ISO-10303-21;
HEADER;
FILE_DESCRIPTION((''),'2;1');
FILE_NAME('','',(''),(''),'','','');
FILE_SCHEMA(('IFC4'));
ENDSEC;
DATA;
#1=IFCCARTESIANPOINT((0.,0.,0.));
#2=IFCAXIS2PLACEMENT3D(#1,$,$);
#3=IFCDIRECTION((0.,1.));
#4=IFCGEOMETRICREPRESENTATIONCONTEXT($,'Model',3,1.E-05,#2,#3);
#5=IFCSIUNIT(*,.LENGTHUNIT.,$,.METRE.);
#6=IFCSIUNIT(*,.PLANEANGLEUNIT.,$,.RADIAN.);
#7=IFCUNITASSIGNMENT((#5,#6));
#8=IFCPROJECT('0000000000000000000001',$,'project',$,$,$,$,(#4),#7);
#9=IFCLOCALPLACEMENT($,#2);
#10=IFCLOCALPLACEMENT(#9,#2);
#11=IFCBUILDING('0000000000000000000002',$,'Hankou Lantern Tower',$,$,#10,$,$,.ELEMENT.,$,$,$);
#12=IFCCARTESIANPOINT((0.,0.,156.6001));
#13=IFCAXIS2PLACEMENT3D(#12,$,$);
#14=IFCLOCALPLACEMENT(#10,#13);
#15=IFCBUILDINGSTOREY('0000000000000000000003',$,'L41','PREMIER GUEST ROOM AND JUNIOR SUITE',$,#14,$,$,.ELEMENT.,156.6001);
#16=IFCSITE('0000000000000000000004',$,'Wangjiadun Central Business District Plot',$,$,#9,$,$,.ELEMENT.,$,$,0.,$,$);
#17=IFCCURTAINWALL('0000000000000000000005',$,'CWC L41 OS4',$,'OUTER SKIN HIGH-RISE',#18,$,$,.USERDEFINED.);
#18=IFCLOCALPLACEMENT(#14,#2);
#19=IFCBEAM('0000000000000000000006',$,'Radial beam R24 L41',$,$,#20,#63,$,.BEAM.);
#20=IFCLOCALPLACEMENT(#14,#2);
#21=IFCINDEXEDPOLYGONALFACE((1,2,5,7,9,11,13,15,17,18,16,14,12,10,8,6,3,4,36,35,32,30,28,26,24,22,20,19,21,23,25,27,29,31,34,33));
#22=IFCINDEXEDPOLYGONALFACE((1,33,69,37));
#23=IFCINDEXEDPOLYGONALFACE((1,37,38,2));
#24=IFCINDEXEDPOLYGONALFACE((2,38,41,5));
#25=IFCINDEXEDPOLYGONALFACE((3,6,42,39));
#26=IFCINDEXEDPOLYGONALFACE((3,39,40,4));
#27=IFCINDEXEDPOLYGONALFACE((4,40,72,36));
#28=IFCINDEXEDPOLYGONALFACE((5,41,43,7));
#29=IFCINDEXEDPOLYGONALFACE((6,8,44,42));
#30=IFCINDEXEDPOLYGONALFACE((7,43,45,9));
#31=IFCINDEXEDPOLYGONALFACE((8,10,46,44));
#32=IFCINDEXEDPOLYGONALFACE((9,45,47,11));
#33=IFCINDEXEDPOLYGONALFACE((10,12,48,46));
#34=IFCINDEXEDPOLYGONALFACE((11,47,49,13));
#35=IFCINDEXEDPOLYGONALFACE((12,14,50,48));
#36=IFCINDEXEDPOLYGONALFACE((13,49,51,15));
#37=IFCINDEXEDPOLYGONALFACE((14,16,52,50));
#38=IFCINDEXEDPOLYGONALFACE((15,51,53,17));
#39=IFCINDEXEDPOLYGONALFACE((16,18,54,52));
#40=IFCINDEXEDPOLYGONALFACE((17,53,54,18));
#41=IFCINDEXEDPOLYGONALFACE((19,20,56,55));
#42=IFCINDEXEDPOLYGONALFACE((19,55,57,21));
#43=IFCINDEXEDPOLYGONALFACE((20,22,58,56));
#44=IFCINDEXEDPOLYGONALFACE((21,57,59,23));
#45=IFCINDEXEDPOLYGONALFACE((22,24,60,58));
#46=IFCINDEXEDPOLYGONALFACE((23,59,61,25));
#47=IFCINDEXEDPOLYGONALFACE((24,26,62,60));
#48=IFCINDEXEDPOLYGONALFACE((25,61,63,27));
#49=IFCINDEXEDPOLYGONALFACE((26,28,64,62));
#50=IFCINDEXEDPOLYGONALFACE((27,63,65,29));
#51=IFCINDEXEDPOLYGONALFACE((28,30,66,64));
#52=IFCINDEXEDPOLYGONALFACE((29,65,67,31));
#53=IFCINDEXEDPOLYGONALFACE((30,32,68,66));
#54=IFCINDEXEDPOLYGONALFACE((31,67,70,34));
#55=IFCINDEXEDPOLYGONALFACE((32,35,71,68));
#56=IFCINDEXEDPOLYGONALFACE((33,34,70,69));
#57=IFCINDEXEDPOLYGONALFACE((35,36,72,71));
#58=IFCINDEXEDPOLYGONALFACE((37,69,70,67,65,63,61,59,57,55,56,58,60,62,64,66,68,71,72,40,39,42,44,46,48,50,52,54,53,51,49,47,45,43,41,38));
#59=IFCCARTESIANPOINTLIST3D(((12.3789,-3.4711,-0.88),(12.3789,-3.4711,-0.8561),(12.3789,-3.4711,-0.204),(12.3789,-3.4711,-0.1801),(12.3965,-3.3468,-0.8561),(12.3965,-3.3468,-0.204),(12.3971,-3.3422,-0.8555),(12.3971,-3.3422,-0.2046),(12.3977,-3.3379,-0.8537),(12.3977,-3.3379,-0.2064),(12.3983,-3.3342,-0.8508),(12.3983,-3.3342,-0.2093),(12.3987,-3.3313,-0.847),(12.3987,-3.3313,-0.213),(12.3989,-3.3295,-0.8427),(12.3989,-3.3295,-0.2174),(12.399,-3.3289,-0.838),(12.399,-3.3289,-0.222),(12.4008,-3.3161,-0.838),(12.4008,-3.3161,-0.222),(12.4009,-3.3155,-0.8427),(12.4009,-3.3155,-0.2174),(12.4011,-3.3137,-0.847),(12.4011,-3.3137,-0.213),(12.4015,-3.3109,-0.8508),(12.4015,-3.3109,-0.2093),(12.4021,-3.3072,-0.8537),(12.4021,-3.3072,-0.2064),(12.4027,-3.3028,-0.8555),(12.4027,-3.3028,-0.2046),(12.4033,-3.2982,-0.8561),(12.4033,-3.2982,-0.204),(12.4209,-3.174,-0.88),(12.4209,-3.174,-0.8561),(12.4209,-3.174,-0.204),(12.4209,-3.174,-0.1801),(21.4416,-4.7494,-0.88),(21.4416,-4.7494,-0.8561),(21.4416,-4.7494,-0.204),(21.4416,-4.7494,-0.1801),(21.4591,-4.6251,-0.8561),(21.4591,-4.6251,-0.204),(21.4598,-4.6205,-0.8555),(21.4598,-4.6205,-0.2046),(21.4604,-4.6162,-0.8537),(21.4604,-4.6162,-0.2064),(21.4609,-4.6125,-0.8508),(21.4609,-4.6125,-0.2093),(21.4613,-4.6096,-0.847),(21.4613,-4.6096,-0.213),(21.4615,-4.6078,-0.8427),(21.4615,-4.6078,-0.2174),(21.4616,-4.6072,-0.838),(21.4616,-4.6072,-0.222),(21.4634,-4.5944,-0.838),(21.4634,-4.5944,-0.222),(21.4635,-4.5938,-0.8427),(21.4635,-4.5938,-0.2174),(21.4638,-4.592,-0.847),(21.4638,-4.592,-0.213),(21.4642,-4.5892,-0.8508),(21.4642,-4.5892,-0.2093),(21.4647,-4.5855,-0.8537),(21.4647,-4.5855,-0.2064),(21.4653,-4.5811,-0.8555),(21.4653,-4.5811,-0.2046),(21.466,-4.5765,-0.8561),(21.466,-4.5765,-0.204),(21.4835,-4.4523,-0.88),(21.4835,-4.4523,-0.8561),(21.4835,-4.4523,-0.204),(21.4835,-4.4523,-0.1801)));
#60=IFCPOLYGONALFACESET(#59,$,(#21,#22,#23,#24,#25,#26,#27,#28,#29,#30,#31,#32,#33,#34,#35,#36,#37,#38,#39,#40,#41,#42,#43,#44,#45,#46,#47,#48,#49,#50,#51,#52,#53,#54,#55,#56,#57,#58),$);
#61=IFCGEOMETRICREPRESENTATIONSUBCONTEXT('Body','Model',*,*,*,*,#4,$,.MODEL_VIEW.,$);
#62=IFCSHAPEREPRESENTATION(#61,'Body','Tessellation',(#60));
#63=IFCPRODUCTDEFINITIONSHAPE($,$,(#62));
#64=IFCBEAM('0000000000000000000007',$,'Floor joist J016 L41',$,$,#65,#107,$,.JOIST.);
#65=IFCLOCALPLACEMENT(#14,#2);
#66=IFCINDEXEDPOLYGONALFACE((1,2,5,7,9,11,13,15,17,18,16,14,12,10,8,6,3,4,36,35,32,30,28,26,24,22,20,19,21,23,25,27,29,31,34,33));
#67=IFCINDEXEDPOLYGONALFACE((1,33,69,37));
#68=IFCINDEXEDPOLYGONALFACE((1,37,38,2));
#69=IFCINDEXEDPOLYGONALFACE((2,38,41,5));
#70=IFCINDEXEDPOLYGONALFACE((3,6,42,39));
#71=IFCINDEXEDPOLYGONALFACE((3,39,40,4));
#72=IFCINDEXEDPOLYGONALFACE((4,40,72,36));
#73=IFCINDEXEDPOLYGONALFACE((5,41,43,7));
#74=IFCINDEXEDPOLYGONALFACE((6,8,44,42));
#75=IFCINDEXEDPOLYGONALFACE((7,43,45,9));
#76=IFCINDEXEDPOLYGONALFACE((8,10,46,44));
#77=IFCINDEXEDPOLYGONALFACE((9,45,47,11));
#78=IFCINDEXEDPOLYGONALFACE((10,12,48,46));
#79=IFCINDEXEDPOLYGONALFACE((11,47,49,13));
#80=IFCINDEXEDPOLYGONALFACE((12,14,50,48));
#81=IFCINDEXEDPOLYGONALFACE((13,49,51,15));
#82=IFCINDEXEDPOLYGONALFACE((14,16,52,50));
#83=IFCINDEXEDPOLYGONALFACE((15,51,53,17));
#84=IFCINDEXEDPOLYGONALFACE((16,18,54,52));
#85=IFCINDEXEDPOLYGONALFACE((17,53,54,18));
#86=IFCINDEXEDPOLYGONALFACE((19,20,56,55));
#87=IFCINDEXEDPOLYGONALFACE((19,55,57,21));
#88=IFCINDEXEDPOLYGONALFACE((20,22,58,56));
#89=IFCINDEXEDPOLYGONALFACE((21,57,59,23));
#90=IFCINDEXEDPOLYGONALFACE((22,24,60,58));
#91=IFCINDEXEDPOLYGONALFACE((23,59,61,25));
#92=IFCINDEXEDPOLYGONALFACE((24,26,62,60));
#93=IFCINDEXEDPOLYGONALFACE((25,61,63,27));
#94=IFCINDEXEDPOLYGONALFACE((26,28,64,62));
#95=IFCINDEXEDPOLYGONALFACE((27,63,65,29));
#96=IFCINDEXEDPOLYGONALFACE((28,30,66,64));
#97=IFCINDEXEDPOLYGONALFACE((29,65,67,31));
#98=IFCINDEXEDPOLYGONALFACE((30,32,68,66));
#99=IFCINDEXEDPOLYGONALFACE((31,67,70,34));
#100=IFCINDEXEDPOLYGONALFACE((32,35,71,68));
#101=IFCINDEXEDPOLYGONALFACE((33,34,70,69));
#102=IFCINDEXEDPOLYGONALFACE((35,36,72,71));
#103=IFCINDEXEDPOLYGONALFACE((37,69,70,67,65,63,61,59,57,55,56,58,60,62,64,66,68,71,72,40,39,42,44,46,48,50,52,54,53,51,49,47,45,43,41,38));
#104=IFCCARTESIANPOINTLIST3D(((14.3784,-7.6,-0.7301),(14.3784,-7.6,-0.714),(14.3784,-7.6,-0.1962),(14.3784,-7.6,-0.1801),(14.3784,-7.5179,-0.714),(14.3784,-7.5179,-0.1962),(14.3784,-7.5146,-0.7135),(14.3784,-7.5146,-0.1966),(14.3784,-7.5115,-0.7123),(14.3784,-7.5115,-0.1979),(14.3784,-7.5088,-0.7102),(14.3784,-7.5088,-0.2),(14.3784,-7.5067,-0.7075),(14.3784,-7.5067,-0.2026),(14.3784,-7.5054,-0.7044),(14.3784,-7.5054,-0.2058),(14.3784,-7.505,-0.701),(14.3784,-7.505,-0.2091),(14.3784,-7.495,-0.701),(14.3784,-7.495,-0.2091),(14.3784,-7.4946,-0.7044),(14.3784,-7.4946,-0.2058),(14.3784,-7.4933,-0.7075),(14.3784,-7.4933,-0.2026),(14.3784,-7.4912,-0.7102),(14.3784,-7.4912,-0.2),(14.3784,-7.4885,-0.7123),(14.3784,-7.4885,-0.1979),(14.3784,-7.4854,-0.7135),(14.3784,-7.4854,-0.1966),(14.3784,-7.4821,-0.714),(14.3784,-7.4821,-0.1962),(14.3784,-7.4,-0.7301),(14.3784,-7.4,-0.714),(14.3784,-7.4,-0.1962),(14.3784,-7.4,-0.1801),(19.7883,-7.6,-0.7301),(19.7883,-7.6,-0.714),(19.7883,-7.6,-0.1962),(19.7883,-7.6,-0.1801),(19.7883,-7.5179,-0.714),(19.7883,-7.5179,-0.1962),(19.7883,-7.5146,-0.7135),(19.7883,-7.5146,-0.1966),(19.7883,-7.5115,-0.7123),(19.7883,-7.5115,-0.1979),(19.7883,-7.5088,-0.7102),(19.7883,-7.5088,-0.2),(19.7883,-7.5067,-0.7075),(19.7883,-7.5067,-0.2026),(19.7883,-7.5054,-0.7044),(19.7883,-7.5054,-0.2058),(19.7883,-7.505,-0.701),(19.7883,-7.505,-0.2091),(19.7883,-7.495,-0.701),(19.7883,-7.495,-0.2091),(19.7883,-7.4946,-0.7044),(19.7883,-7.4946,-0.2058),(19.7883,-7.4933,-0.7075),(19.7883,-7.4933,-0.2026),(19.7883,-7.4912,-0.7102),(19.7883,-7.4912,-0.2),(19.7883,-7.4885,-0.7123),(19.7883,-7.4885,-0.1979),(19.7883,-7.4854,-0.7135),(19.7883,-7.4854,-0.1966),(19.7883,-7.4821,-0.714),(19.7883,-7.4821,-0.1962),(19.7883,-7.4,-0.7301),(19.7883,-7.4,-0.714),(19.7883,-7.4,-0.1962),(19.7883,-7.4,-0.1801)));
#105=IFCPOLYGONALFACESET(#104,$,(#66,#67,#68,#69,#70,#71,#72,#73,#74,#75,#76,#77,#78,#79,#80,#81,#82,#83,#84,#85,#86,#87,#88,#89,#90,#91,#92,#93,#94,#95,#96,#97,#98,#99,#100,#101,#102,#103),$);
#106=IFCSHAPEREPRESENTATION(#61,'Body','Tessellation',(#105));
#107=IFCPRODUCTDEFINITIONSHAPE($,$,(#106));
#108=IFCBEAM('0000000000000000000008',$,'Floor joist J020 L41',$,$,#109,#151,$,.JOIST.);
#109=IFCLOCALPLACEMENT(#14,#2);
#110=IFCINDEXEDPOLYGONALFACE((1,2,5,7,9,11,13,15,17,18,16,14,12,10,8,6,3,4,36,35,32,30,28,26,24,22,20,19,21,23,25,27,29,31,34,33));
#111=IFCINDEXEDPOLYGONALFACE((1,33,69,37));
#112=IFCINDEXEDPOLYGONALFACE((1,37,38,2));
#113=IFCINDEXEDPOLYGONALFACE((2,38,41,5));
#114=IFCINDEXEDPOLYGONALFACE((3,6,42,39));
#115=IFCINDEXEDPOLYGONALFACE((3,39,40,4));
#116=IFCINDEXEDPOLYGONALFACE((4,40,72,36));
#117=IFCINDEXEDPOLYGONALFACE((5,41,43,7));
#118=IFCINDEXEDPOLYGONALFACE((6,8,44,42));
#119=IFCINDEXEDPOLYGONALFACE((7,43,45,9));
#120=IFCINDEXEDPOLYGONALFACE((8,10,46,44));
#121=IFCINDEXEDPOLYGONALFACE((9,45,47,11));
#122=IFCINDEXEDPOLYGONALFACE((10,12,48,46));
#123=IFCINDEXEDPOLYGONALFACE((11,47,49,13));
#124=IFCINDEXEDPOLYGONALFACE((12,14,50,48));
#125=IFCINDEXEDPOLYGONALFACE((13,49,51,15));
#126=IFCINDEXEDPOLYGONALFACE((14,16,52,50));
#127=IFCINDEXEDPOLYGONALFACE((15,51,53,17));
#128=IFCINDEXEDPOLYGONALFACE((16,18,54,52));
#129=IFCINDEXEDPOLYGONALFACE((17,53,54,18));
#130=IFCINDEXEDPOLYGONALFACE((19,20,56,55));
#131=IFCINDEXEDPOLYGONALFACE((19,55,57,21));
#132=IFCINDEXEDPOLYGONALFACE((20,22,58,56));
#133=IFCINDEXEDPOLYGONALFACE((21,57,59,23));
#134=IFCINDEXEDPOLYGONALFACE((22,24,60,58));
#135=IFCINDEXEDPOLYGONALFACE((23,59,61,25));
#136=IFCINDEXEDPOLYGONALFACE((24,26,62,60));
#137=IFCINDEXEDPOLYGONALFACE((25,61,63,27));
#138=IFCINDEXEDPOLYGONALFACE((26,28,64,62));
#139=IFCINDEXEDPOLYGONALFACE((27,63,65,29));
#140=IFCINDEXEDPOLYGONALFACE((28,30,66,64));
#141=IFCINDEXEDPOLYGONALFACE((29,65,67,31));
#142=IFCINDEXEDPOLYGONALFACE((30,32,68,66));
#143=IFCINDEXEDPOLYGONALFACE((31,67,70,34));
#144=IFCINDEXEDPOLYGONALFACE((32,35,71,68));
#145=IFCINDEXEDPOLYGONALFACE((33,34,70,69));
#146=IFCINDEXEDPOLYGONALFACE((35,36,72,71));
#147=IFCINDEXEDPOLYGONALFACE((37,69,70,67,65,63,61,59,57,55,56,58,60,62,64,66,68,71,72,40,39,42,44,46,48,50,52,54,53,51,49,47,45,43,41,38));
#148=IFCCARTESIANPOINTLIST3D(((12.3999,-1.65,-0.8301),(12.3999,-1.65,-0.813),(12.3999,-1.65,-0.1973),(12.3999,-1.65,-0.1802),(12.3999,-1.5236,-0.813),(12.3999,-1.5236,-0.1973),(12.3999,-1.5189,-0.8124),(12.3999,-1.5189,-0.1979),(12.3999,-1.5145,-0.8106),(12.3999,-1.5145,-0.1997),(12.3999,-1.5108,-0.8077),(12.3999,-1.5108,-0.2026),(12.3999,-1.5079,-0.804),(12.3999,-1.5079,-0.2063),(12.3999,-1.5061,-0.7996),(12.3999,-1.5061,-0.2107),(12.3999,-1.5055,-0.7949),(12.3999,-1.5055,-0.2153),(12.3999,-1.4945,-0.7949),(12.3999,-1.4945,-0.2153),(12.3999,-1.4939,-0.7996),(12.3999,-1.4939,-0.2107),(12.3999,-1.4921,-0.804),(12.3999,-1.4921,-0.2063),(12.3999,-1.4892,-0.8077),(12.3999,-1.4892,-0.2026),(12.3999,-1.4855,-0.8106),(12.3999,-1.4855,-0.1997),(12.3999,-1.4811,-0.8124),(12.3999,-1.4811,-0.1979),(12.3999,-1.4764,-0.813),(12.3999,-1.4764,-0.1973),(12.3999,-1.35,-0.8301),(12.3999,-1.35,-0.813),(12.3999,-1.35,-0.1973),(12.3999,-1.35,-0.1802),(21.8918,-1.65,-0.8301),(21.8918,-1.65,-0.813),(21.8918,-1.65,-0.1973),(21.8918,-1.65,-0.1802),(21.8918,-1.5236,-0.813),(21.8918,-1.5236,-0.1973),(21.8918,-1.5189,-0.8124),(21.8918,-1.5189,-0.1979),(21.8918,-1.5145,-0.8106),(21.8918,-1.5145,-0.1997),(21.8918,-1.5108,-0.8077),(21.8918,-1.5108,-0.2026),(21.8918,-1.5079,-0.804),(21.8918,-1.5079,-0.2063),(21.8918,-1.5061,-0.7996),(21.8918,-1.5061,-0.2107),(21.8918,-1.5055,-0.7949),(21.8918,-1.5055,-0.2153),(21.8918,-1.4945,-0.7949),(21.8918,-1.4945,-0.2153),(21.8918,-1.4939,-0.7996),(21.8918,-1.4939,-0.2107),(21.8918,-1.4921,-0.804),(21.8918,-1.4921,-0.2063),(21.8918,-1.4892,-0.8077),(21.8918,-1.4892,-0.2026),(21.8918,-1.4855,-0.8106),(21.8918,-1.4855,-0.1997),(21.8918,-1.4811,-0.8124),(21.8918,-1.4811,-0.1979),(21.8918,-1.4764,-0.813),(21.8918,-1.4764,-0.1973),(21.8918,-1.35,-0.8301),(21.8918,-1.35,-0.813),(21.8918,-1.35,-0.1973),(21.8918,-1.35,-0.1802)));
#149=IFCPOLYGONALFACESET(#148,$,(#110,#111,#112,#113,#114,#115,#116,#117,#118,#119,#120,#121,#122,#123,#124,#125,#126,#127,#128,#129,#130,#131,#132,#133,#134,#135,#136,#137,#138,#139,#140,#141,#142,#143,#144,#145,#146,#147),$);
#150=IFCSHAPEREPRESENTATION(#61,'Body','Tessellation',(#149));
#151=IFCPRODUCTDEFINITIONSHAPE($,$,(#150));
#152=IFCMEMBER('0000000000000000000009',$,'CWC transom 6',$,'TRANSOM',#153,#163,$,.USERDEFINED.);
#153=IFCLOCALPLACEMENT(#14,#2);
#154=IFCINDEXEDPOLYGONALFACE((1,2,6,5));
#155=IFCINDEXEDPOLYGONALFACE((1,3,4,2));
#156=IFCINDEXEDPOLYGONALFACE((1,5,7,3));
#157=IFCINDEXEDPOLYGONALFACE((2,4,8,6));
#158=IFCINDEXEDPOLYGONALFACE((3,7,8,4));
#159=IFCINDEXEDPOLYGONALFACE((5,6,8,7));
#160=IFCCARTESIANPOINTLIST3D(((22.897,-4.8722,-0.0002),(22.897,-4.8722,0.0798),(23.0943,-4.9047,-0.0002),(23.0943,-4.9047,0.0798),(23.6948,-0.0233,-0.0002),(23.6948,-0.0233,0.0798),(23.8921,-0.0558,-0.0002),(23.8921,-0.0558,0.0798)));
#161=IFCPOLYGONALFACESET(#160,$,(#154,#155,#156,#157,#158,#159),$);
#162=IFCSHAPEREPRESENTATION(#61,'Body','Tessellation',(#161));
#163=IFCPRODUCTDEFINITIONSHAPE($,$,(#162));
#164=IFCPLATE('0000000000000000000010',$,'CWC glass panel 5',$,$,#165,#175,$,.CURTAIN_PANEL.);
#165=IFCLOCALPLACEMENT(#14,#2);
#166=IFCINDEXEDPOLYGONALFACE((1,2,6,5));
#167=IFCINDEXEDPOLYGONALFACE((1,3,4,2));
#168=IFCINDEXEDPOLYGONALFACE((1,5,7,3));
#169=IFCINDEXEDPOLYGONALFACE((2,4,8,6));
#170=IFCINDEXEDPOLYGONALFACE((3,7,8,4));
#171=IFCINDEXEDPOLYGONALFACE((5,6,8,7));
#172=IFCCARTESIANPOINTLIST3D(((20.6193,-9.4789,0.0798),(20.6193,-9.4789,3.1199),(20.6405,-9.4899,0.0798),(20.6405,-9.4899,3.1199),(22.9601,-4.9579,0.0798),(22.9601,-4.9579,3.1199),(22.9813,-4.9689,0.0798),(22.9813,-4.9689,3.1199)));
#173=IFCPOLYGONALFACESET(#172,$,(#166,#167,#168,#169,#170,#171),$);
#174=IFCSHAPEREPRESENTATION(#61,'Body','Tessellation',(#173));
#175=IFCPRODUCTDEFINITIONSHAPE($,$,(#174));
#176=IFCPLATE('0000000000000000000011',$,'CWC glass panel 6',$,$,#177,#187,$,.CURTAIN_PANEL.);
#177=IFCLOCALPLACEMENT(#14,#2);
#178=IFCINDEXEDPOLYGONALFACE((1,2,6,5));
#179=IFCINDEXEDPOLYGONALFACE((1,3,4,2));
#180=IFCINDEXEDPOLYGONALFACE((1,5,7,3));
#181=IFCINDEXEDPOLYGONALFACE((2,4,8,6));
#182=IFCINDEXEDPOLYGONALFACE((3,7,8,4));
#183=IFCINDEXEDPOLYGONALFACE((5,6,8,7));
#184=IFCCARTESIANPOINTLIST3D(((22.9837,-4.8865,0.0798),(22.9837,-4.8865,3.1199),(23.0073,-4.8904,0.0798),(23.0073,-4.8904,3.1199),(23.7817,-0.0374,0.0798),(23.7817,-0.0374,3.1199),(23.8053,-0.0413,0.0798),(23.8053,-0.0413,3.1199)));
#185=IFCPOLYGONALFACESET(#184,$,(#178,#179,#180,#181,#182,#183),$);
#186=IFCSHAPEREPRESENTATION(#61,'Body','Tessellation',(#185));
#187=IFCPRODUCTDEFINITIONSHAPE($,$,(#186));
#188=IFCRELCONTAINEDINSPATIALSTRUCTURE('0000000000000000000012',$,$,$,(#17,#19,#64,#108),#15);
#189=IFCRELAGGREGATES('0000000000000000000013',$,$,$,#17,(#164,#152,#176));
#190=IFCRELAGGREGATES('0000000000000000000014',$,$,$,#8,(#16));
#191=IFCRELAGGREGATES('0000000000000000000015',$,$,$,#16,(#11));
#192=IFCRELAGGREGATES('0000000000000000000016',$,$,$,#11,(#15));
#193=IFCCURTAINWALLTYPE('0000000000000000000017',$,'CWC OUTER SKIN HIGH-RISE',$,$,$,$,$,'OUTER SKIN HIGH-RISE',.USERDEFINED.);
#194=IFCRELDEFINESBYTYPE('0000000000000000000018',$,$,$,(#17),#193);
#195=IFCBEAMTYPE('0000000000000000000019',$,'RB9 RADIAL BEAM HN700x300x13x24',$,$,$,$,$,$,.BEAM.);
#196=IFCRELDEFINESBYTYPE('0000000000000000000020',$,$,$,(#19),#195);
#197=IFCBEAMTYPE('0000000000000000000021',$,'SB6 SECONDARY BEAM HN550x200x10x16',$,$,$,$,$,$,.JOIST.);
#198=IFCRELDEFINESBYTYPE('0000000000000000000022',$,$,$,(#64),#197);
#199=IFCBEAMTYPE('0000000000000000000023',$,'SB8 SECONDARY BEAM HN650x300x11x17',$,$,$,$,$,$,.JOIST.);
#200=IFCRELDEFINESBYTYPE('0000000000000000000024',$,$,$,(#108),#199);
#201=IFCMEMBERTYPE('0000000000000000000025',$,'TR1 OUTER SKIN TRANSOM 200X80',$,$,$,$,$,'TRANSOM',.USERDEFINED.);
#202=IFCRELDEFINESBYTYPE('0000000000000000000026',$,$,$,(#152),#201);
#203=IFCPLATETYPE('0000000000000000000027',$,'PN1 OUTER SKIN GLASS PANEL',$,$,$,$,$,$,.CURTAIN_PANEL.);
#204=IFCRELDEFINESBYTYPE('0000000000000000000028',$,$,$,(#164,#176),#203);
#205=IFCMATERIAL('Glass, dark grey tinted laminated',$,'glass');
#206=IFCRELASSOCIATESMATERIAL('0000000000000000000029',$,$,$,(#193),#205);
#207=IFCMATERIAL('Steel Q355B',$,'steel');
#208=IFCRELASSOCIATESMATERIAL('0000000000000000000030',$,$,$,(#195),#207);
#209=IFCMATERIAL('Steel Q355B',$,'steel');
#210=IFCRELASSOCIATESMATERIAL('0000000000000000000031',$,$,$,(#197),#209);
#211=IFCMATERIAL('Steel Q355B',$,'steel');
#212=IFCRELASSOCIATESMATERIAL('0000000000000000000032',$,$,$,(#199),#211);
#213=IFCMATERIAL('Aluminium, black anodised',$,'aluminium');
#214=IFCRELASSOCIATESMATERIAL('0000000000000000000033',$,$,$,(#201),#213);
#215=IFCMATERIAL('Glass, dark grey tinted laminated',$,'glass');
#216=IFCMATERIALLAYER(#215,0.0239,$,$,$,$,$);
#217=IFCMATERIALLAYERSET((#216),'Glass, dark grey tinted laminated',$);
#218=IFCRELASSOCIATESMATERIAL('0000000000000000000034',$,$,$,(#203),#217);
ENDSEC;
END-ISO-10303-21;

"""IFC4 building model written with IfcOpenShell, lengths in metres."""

from ifc_helpers import new_model, si_unit, direction, frame, origin, origin_2d, place, context, subcontext, project, spatial, rectangle, i_section, extrude, material, layer, layer_set, material_profile, profile_set, type_object, element, aggregate, save


model = new_model("IFC4")

# Units and contexts
model_context = context("Model", 3, precision=1e-05, world=origin(), true_north=direction((0.0, 1.0)))
body_context = subcontext(model_context, "Body", "Model", "MODEL_VIEW")
ifc_project = project(units=[si_unit("LENGTHUNIT", "METRE"), si_unit("PLANEANGLEUNIT", "RADIAN")], contexts=[model_context])

# Site, building, storey
site_placement = place(None, origin())
site = spatial("IfcSite", under=ifc_project, at=site_placement, Name="Wangjiadun Central Business District Plot", CompositionType="ELEMENT", RefElevation=0.0)
building_placement = place(site_placement, origin())
building = spatial("IfcBuilding", under=site, at=building_placement, Name="Hankou Lantern Tower", CompositionType="ELEMENT")
storey_placement = place(building_placement, frame((0.0, 0.0, 156.6001)))
storey = spatial("IfcBuildingStorey", under=building, at=storey_placement, Name="L41", Description="PREMIER GUEST ROOM AND JUNIOR SUITE", CompositionType="ELEMENT", Elevation=156.6001)

# Curtain wall
ifc_material_1 = material(Name="Glass, dark grey tinted laminated", Category="glass")
curtain_wall_type = type_object("IfcCurtainWallType", Name="CWC OUTER SKIN HIGH-RISE", ElementType="OUTER SKIN HIGH-RISE", PredefinedType="USERDEFINED", material=ifc_material_1)
curtain_wall_placement = place(storey_placement, origin())
curtain_wall = element("IfcCurtainWall", 1, at=curtain_wall_placement, inside=storey, type_object=curtain_wall_type, Name="CWC L41 OS4", ObjectType="OUTER SKIN HIGH-RISE", PredefinedType="USERDEFINED")

# Beams
ifc_material_2 = material(Name="Steel Q355B", Category="steel")
ifc_material_profile_1 = material_profile(ifc_material_2, i_section(OverallWidth=0.3, OverallDepth=0.7, WebThickness=0.0129, FlangeThickness=0.0239, FilletRadius=0.0181, at=origin_2d()), Name="HN700x300x13x24")
ifc_profile_set_1 = profile_set([ifc_material_profile_1], Name="Steel Q355B")
beam_type_1 = type_object("IfcBeamType", Name="RB9 RADIAL BEAM HN700x300x13x24", PredefinedType="BEAM", material=ifc_profile_set_1)
beam_1_placement = place(storey_placement, frame((12.3999, -3.3225, -0.53), z_axis=(0.990198, -0.13967, 0.0), x_axis=(0.13967, 0.990198, 0.0)))
element("IfcBeam", 2, at=beam_1_placement, inside=storey, type_object=beam_type_1, Name="Radial beam R24 L41", PredefinedType="BEAM", context=body_context, shape_type="SweptSolid", body=[
    extrude(i_section(OverallWidth=0.3, OverallDepth=0.7, WebThickness=0.0129, FlangeThickness=0.0239, FilletRadius=0.0181, at=origin_2d()), origin(), (0.0, 0.0, 1.0), 9.1523),
])
ifc_material_3 = material(Name="Steel Q355B", Category="steel")
ifc_material_profile_2 = material_profile(ifc_material_3, i_section(OverallWidth=0.2, OverallDepth=0.55, WebThickness=0.01, FlangeThickness=0.0161, FilletRadius=0.0129, at=origin_2d()), Name="HN550x200x10x16")
ifc_profile_set_2 = profile_set([ifc_material_profile_2], Name="Steel Q355B")
beam_type_2 = type_object("IfcBeamType", Name="SB6 SECONDARY BEAM HN550x200x10x16", PredefinedType="JOIST", material=ifc_profile_set_2)
beam_2_placement = place(storey_placement, frame((14.3784, -7.5, -0.4551), z_axis=(1.0, 0.0, 0.0), x_axis=(0.0, 1.0, 0.0)))
element("IfcBeam", 3, at=beam_2_placement, inside=storey, type_object=beam_type_2, Name="Floor joist J016 L41", PredefinedType="JOIST", context=body_context, shape_type="SweptSolid", body=[
    extrude(i_section(OverallWidth=0.2, OverallDepth=0.55, WebThickness=0.01, FlangeThickness=0.0161, FilletRadius=0.0129, at=origin_2d()), origin(), (0.0, 0.0, 1.0), 5.4099),
])
ifc_material_4 = material(Name="Steel Q355B", Category="steel")
ifc_material_profile_3 = material_profile(ifc_material_4, i_section(OverallWidth=0.3, OverallDepth=0.6499, WebThickness=0.011, FlangeThickness=0.0171, FilletRadius=0.0181, at=origin_2d()), Name="HN650x300x11x17")
ifc_profile_set_3 = profile_set([ifc_material_profile_3], Name="Steel Q355B")
beam_type_3 = type_object("IfcBeamType", Name="SB8 SECONDARY BEAM HN650x300x11x17", PredefinedType="JOIST", material=ifc_profile_set_3)
beam_3_placement = place(storey_placement, frame((12.3999, -1.5, -0.5051), z_axis=(1.0, 0.0, 0.0), x_axis=(0.0, 1.0, 0.0)))
element("IfcBeam", 4, at=beam_3_placement, inside=storey, type_object=beam_type_3, Name="Floor joist J020 L41", PredefinedType="JOIST", context=body_context, shape_type="SweptSolid", body=[
    extrude(i_section(OverallWidth=0.3, OverallDepth=0.6499, WebThickness=0.011, FlangeThickness=0.0171, FilletRadius=0.0181, at=origin_2d()), origin(), (0.0, 0.0, 1.0), 9.4919),
])

# Member
ifc_material_5 = material(Name="Aluminium, black anodised", Category="aluminium")
ifc_material_profile_4 = material_profile(ifc_material_5, rectangle(XDim=0.2, YDim=0.0801, at=origin_2d()), Name="TR1 200X80")
ifc_profile_set_4 = profile_set([ifc_material_profile_4], Name="Aluminium, black anodised")
member_type_1 = type_object("IfcMemberType", Name="TR1 OUTER SKIN TRANSOM 200X80", ElementType="TRANSOM", PredefinedType="USERDEFINED", material=ifc_profile_set_4)
member_1_placement = place(storey_placement, frame((22.9956, -4.8884, 0.0398), z_axis=(0.16236, 0.986732, 0.0), x_axis=(-0.986732, 0.16236, 0.0)))
member_1 = element("IfcMember", 5, at=member_1_placement, type_object=member_type_1, Name="CWC transom 6", ObjectType="TRANSOM", PredefinedType="USERDEFINED", context=body_context, shape_type="SweptSolid", body=[
    extrude(rectangle(XDim=0.2, YDim=0.0801, at=origin_2d()), origin(), (0.0, 0.0, 1.0), 4.9141),
])

# Plates
ifc_material_6 = material(Name="Glass, dark grey tinted laminated", Category="glass")
ifc_layer_1 = layer(ifc_material_6, 0.0239)
ifc_layer_set_1 = layer_set([ifc_layer_1], Name="Glass, dark grey tinted laminated")
plate_type = type_object("IfcPlateType", Name="PN1 OUTER SKIN GLASS PANEL", PredefinedType="CURTAIN_PANEL", material=ifc_layer_set_1)
plate_1_placement = place(storey_placement, frame((21.8003, -7.2239, 0.0798), z_axis=(0.0, 0.0, 1.0), x_axis=(0.459791, 0.888027, 0.0)))
plate_1 = element("IfcPlate", 6, at=plate_1_placement, type_object=plate_type, Name="CWC glass panel 5", PredefinedType="CURTAIN_PANEL", context=body_context, shape_type="SweptSolid", body=[
    extrude(rectangle(XDim=5.0911, YDim=0.0239, at=origin_2d()), origin(), (0.0, 0.0, 1.0), 3.04),
])
plate_2_placement = place(storey_placement, frame((23.3945, -2.4639, 0.0798), z_axis=(0.0, 0.0, 1.0), x_axis=(0.162382, 0.986728, 0.0)))
plate_2 = element("IfcPlate", 7, at=plate_2_placement, type_object=plate_type, Name="CWC glass panel 6", PredefinedType="CURTAIN_PANEL", context=body_context, shape_type="SweptSolid", body=[
    extrude(rectangle(XDim=4.9143, YDim=0.0239, at=origin_2d()), origin(), (0.0, 0.0, 1.0), 3.04),
])
aggregate(curtain_wall, [plate_1, member_1, plate_2])

save(model, "model.ifc")
